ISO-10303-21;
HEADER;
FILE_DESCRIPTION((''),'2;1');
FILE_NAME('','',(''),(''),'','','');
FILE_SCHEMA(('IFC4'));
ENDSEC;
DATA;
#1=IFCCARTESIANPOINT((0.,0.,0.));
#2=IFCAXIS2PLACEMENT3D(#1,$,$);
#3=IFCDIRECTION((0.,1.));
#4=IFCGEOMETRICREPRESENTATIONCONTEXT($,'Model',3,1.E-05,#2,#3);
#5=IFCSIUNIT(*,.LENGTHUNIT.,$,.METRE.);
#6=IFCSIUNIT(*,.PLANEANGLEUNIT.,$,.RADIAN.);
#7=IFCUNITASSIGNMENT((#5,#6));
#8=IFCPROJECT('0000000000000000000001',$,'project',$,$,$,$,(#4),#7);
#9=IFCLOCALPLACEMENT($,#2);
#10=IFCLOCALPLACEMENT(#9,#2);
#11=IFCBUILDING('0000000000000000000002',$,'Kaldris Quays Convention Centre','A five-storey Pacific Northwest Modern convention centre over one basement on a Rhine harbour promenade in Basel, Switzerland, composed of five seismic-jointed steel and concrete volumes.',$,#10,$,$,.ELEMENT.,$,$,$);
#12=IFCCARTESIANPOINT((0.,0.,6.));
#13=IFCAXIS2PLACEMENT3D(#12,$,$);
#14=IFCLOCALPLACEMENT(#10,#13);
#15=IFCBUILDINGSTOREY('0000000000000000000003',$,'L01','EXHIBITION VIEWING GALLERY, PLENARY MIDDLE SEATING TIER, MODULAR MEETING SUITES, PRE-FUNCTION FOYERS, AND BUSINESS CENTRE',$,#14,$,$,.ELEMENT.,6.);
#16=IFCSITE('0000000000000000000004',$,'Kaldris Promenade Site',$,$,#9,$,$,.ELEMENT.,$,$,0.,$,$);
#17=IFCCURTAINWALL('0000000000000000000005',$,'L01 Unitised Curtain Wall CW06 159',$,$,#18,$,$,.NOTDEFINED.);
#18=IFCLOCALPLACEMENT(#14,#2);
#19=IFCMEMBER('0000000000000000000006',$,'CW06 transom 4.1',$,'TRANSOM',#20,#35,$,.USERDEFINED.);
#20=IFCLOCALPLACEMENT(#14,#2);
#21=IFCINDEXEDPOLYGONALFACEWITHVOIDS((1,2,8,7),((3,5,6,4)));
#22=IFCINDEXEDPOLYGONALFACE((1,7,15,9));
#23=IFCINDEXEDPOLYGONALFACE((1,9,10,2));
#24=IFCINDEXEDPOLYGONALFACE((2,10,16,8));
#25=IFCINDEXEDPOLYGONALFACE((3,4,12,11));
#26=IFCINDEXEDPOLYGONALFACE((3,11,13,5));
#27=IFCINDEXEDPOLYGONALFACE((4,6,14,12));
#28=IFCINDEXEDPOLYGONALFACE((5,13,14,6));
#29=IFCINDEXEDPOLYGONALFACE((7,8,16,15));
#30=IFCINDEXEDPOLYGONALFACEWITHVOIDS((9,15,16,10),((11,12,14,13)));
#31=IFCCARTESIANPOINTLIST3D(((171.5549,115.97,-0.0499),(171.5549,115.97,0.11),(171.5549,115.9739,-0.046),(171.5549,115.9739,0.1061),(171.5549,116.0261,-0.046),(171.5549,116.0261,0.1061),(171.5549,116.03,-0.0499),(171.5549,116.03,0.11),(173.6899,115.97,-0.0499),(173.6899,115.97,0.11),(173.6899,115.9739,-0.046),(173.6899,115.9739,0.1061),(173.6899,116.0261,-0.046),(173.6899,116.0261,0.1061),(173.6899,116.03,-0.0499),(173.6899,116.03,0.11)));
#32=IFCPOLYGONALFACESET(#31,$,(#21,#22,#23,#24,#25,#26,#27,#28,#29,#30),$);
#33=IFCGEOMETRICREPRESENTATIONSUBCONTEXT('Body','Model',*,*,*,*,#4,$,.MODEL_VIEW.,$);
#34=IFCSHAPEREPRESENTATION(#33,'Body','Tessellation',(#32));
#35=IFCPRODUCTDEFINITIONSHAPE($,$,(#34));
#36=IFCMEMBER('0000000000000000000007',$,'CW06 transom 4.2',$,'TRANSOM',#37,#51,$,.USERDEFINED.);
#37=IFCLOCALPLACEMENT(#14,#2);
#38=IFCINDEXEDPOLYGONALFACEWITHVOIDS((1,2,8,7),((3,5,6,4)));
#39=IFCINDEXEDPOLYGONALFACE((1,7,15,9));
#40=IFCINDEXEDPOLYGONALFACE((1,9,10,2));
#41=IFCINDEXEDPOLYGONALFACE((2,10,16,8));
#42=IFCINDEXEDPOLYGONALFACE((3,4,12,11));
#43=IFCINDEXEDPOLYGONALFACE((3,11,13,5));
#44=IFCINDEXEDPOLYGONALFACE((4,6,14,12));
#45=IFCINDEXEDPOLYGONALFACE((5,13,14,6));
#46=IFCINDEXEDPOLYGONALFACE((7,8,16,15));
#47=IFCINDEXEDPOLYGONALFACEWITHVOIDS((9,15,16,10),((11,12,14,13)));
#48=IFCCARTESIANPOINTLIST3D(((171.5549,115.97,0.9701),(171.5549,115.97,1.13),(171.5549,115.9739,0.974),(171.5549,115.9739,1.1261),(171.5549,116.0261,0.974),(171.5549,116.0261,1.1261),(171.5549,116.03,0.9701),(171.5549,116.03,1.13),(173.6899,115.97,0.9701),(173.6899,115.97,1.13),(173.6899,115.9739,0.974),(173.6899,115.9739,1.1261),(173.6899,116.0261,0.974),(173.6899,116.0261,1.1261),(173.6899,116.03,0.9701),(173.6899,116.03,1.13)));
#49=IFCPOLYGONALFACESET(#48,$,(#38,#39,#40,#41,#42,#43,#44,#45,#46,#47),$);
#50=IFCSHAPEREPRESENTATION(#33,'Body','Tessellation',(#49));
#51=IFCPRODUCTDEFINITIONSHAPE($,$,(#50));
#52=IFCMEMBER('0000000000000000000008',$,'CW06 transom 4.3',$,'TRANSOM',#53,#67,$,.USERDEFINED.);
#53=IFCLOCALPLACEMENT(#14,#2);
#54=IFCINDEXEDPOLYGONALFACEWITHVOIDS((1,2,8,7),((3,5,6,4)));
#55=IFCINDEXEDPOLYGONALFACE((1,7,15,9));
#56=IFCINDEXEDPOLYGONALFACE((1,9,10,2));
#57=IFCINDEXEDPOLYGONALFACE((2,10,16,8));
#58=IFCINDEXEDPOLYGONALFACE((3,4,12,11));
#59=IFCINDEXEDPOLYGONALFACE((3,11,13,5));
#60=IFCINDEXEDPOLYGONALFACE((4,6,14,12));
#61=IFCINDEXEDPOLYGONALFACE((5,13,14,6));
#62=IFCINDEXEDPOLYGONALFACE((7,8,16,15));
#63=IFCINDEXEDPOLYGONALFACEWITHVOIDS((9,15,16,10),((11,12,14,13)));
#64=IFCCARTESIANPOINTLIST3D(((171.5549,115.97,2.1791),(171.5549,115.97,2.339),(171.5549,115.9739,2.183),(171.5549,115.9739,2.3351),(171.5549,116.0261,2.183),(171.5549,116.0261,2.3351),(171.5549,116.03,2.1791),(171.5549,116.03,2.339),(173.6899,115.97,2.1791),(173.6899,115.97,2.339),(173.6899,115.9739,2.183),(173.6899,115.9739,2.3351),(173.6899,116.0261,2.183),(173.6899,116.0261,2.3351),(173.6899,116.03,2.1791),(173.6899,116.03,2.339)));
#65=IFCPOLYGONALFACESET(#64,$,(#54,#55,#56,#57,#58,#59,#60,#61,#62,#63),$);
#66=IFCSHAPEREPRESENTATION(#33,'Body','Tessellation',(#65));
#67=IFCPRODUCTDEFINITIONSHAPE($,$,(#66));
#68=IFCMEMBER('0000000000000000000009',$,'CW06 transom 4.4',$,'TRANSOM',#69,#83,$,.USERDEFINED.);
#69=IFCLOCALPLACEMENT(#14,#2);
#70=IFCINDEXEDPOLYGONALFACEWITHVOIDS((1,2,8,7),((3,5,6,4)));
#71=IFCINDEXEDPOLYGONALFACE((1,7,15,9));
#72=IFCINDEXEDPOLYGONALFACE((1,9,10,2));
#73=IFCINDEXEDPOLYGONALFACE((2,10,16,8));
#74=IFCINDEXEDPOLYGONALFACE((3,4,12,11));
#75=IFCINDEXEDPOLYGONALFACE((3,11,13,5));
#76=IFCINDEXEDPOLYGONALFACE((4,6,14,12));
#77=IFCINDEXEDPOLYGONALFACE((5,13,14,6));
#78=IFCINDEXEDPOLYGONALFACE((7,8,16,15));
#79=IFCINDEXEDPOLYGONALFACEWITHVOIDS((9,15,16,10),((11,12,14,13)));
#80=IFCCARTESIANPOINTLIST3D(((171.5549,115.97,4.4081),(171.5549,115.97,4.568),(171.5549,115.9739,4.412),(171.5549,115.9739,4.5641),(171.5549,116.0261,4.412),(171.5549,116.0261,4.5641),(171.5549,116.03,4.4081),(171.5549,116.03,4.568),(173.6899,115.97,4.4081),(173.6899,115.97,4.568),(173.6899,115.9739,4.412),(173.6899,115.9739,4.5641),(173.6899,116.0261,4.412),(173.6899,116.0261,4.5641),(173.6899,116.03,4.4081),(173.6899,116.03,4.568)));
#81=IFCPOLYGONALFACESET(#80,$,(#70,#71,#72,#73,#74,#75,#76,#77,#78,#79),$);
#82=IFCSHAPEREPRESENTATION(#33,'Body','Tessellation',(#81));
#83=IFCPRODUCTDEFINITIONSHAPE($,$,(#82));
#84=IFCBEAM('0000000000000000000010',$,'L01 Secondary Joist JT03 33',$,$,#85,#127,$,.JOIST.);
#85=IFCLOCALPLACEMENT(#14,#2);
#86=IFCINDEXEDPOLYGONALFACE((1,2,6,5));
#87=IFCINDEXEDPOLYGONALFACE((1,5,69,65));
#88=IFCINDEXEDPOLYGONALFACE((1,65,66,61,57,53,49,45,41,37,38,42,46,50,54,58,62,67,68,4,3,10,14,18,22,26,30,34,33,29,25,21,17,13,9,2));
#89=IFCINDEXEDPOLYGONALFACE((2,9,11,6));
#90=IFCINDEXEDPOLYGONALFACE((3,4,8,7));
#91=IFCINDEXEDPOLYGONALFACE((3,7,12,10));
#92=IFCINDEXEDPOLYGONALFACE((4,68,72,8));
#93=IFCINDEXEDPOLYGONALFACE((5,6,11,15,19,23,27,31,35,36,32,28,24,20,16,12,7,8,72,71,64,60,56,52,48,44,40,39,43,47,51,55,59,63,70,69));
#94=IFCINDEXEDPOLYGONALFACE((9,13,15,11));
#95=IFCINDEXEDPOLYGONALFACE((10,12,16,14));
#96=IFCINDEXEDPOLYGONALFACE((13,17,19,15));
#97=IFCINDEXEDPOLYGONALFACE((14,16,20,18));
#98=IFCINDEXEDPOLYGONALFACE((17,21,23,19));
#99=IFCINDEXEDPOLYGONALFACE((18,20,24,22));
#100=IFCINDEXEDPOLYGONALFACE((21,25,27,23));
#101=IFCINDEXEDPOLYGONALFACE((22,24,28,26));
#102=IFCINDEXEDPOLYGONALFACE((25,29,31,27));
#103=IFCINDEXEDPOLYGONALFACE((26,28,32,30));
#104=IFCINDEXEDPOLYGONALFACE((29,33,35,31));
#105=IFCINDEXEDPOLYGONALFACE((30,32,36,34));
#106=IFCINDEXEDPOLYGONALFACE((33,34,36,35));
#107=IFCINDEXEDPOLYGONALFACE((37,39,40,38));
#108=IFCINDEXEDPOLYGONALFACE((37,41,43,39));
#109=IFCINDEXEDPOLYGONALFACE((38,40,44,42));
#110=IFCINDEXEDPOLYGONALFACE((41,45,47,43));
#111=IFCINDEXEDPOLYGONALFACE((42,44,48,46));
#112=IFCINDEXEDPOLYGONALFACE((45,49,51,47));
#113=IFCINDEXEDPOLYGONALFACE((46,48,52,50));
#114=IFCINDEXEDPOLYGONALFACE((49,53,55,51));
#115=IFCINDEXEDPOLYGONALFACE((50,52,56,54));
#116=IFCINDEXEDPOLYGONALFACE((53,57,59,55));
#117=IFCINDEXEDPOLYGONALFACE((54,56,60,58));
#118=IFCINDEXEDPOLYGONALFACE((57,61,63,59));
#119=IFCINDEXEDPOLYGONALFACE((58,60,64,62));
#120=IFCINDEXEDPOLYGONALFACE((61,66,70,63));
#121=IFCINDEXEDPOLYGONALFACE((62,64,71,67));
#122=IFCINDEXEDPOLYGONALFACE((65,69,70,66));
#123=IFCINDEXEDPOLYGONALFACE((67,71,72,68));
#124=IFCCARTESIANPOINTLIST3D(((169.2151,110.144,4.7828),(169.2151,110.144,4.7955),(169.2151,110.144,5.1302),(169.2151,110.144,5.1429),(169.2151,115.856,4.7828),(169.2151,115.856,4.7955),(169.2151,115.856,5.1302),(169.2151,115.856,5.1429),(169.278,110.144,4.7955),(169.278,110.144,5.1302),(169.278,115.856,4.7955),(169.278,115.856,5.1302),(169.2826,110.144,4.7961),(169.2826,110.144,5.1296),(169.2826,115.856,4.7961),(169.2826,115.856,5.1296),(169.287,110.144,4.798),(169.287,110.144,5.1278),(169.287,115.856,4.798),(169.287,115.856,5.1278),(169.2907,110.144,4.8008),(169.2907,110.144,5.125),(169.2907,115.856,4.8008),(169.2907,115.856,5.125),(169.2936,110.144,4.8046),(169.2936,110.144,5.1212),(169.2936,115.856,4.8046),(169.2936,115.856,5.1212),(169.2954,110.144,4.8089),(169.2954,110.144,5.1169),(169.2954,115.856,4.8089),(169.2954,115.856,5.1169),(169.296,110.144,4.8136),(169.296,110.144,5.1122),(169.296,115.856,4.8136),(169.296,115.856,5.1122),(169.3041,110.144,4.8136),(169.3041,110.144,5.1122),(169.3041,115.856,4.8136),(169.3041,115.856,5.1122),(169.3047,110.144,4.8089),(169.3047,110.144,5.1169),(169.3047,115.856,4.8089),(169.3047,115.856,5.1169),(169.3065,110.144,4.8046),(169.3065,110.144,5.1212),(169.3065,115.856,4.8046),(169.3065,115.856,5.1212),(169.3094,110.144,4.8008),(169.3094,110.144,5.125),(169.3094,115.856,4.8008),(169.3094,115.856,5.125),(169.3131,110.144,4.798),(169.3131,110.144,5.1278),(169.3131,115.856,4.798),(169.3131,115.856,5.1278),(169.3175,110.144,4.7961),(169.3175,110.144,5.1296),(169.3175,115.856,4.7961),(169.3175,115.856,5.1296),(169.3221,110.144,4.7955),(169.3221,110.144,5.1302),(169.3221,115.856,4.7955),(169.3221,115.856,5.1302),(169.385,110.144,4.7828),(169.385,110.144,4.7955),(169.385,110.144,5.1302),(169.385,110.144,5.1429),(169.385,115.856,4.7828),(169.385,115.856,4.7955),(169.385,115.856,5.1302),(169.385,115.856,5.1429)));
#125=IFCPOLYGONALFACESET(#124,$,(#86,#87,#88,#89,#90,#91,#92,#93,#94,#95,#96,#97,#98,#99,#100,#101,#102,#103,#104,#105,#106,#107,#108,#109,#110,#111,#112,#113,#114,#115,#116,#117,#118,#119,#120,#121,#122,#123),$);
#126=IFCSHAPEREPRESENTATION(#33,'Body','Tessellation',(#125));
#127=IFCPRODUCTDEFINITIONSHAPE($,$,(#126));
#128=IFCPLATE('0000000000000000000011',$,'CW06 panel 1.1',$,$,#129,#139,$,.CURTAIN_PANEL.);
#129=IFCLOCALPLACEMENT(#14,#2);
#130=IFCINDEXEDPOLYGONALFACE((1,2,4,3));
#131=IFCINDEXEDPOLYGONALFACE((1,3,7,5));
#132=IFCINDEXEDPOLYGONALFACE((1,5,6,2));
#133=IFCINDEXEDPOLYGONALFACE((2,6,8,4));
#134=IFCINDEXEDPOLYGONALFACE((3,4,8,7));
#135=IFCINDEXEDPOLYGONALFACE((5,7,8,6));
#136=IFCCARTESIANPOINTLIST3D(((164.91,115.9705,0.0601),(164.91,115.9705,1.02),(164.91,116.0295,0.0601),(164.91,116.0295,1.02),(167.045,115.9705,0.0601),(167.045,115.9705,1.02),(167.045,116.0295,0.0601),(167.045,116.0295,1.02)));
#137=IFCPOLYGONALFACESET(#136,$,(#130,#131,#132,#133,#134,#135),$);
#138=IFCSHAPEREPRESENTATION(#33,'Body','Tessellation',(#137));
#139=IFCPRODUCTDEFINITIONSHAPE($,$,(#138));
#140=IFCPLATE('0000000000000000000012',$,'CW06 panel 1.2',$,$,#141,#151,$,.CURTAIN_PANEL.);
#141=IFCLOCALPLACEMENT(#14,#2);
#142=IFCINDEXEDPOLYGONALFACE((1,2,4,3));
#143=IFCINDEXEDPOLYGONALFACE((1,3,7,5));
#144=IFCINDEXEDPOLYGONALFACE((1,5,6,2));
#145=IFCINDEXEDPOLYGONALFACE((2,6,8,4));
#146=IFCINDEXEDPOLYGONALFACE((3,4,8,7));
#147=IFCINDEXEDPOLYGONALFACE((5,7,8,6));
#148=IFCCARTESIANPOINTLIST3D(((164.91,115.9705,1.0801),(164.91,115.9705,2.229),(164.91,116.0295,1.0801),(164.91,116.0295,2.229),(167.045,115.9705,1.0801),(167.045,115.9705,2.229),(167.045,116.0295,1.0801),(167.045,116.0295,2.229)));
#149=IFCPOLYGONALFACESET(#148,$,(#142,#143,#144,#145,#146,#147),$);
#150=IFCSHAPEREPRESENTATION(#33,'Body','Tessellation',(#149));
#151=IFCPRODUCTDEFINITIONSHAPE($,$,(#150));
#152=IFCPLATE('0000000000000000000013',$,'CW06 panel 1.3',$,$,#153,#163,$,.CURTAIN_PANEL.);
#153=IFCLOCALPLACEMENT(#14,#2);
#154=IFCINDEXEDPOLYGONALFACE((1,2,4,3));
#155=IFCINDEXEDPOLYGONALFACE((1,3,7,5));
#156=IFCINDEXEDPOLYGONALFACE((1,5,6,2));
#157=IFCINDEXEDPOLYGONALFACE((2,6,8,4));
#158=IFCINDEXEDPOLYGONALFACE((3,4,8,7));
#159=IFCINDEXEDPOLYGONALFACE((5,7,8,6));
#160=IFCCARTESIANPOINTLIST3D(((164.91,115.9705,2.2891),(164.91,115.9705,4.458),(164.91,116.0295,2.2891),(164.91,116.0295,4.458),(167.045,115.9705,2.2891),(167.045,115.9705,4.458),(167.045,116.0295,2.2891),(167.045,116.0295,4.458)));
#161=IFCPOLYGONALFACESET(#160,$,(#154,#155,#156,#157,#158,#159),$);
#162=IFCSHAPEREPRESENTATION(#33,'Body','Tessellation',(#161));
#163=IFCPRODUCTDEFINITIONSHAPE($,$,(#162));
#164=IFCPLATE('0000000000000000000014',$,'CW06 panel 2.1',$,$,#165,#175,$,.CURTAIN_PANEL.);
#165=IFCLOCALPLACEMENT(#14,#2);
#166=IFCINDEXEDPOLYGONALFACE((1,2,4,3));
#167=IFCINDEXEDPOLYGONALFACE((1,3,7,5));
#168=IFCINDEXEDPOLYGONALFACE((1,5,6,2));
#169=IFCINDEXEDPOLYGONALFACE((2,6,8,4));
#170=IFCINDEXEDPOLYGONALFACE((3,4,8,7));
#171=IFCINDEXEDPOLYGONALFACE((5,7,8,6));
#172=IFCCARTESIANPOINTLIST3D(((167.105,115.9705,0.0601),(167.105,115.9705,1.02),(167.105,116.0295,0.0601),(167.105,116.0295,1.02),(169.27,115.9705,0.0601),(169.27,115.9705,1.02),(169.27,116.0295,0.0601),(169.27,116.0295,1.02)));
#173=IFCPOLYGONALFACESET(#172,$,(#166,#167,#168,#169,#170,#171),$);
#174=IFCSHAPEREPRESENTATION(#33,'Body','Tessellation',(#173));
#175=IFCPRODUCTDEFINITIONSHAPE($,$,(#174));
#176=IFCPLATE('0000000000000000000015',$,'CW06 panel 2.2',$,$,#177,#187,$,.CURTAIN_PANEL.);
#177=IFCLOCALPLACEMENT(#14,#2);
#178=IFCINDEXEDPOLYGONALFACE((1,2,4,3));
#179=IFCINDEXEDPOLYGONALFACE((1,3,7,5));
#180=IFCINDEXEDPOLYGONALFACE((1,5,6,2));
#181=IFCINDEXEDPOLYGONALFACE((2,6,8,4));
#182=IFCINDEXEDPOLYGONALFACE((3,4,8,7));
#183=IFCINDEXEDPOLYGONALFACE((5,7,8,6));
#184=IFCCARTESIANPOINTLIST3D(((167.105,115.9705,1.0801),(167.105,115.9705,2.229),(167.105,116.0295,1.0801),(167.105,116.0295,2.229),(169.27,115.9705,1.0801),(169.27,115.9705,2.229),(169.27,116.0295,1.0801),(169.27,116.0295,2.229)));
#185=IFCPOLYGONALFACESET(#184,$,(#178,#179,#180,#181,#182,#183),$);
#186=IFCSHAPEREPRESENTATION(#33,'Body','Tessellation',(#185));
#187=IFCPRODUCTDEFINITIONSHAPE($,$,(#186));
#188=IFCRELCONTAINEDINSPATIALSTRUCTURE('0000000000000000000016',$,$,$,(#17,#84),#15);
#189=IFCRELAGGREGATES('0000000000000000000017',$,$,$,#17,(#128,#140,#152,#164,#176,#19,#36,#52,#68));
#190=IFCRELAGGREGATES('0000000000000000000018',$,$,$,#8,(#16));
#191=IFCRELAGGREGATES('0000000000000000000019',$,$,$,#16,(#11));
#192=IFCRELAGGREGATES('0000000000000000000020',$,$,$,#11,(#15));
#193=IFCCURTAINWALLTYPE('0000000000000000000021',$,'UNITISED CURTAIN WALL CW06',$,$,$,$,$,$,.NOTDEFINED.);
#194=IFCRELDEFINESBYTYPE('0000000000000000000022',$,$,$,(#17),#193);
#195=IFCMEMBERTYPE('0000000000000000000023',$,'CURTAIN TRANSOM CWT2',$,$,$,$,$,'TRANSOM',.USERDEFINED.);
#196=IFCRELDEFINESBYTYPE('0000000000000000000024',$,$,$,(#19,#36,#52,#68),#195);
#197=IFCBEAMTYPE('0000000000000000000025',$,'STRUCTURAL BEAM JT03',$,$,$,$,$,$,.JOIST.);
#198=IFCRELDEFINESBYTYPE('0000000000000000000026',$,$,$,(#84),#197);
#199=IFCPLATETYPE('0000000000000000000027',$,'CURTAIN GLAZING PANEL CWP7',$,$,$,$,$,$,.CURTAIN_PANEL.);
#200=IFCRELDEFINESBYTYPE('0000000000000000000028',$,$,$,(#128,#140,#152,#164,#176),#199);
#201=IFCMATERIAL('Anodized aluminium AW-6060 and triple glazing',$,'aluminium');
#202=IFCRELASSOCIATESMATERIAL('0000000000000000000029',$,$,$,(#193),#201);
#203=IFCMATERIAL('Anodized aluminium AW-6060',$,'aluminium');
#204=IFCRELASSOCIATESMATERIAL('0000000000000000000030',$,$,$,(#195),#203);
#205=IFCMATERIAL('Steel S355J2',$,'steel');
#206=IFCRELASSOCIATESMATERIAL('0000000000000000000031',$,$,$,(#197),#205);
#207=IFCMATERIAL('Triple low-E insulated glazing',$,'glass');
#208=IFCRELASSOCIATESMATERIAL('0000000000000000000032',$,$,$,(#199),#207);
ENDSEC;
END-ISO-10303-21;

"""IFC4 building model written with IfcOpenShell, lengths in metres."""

from ifc_helpers import new_model, si_unit, direction, frame, origin, origin_2d, place, context, subcontext, project, spatial, rectangle, hollow_rectangle, i_section, extrude, material, material_profile, profile_set, type_object, element, aggregate, save


model = new_model("IFC4")

# Units and contexts
model_context = context("Model", 3, precision=1e-05, world=origin(), true_north=direction((0.0, 1.0)))
body_context = subcontext(model_context, "Body", "Model", "MODEL_VIEW")
ifc_project = project(units=[si_unit("LENGTHUNIT", "METRE"), si_unit("PLANEANGLEUNIT", "RADIAN")], contexts=[model_context])

# Site, building, storey
site_placement = place(None, origin())
site = spatial("IfcSite", under=ifc_project, at=site_placement, Name="Kaldris Promenade Site", CompositionType="ELEMENT", RefElevation=0.0)
building_placement = place(site_placement, origin())
building = spatial("IfcBuilding", under=site, at=building_placement, Name="Kaldris Quays Convention Centre", Description="A five-storey Pacific Northwest Modern convention centre over one basement on a Rhine harbour promenade in Basel, Switzerland, composed of five seismic-jointed steel and concrete volumes.", CompositionType="ELEMENT")
storey_placement = place(building_placement, frame((0.0, 0.0, 6.0)))
storey = spatial("IfcBuildingStorey", under=building, at=storey_placement, Name="L01", Description="EXHIBITION VIEWING GALLERY, PLENARY MIDDLE SEATING TIER, MODULAR MEETING SUITES, PRE-FUNCTION FOYERS, AND BUSINESS CENTRE", CompositionType="ELEMENT", Elevation=6.0)

# Curtain wall, members
ifc_material_1 = material(Name="Anodized aluminium AW-6060 and triple glazing", Category="aluminium")
curtain_wall_type = type_object("IfcCurtainWallType", Name="UNITISED CURTAIN WALL CW06", PredefinedType="NOTDEFINED", material=ifc_material_1)
curtain_wall_placement = place(storey_placement, origin())
curtain_wall = element("IfcCurtainWall", 1, at=curtain_wall_placement, inside=storey, type_object=curtain_wall_type, Name="L01 Unitised Curtain Wall CW06 159", PredefinedType="NOTDEFINED")
ifc_material_2 = material(Name="Anodized aluminium AW-6060", Category="aluminium")
ifc_material_profile_1 = material_profile(ifc_material_2, hollow_rectangle(XDim=0.0601, YDim=0.1599, WallThickness=0.0039, at=origin_2d()), Name="RHS 160x60x4")
ifc_profile_set_1 = profile_set([ifc_material_profile_1], Name="Anodized aluminium AW-6060")
member_type_1 = type_object("IfcMemberType", Name="CURTAIN TRANSOM CWT2", ElementType="TRANSOM", PredefinedType="USERDEFINED", material=ifc_profile_set_1)
member_1_placement = place(storey_placement, frame((171.5549, 116.0, 0.03), z_axis=(1.0, 0.0, 0.0), x_axis=(0.0, 1.0, 0.0)))
member_1 = element("IfcMember", 2, at=member_1_placement, type_object=member_type_1, Name="CW06 transom 4.1", ObjectType="TRANSOM", PredefinedType="USERDEFINED", context=body_context, shape_type="SweptSolid", body=[
    extrude(hollow_rectangle(XDim=0.0601, YDim=0.1599, WallThickness=0.0039, at=origin_2d()), origin(), (0.0, 0.0, 1.0), 2.135),
])
member_2_placement = place(storey_placement, frame((171.5549, 116.0, 1.05), z_axis=(1.0, 0.0, 0.0), x_axis=(0.0, 1.0, 0.0)))
member_2 = element("IfcMember", 3, at=member_2_placement, type_object=member_type_1, Name="CW06 transom 4.2", ObjectType="TRANSOM", PredefinedType="USERDEFINED", context=body_context, shape_type="SweptSolid", body=[
    extrude(hollow_rectangle(XDim=0.0601, YDim=0.1599, WallThickness=0.0039, at=origin_2d()), origin(), (0.0, 0.0, 1.0), 2.135),
])
member_3_placement = place(storey_placement, frame((171.5549, 116.0, 2.259), z_axis=(1.0, 0.0, 0.0), x_axis=(0.0, 1.0, 0.0)))
member_3 = element("IfcMember", 4, at=member_3_placement, type_object=member_type_1, Name="CW06 transom 4.3", ObjectType="TRANSOM", PredefinedType="USERDEFINED", context=body_context, shape_type="SweptSolid", body=[
    extrude(hollow_rectangle(XDim=0.0601, YDim=0.1599, WallThickness=0.0039, at=origin_2d()), origin(), (0.0, 0.0, 1.0), 2.135),
])
member_4_placement = place(storey_placement, frame((171.5549, 116.0, 4.488), z_axis=(1.0, 0.0, 0.0), x_axis=(0.0, 1.0, 0.0)))
member_4 = element("IfcMember", 5, at=member_4_placement, type_object=member_type_1, Name="CW06 transom 4.4", ObjectType="TRANSOM", PredefinedType="USERDEFINED", context=body_context, shape_type="SweptSolid", body=[
    extrude(hollow_rectangle(XDim=0.0601, YDim=0.1599, WallThickness=0.0039, at=origin_2d()), origin(), (0.0, 0.0, 1.0), 2.135),
])

# Beam
ifc_material_3 = material(Name="Steel S355J2", Category="steel")
ifc_material_profile_2 = material_profile(ifc_material_3, i_section(OverallWidth=0.1699, OverallDepth=0.3601, WebThickness=0.0081, FlangeThickness=0.0127, FilletRadius=0.0181, at=origin_2d()), Name="IPE 360")
ifc_profile_set_2 = profile_set([ifc_material_profile_2], Name="Steel S355J2")
beam_type = type_object("IfcBeamType", Name="STRUCTURAL BEAM JT03", PredefinedType="JOIST", material=ifc_profile_set_2)
beam_placement = place(storey_placement, frame((169.3, 110.144, 4.9629), z_axis=(0.0, 1.0, 0.0), x_axis=(-1.0, 0.0, 0.0)))
element("IfcBeam", 6, at=beam_placement, inside=storey, type_object=beam_type, Name="L01 Secondary Joist JT03 33", PredefinedType="JOIST", context=body_context, shape_type="SweptSolid", body=[
    extrude(i_section(OverallWidth=0.1699, OverallDepth=0.3601, WebThickness=0.0081, FlangeThickness=0.0127, FilletRadius=0.0181, at=origin_2d()), origin(), (0.0, 0.0, 1.0), 5.7119),
])

# Plates
ifc_material_4 = material(Name="Triple low-E insulated glazing", Category="glass")
plate_type = type_object("IfcPlateType", Name="CURTAIN GLAZING PANEL CWP7", PredefinedType="CURTAIN_PANEL", material=ifc_material_4)
plate_1_placement = place(storey_placement, frame((165.9775, 116.0, 0.0601), z_axis=(0.0, 0.0, 1.0), x_axis=(1.0, 0.0, 0.0)))
plate_1 = element("IfcPlate", 7, at=plate_1_placement, type_object=plate_type, Name="CW06 panel 1.1", PredefinedType="CURTAIN_PANEL", context=body_context, shape_type="SweptSolid", body=[
    extrude(rectangle(XDim=2.135, YDim=0.0591, at=origin_2d()), origin(), (0.0, 0.0, 1.0), 0.96),
])
plate_2_placement = place(storey_placement, frame((165.9775, 116.0, 1.0801), z_axis=(0.0, 0.0, 1.0), x_axis=(1.0, 0.0, 0.0)))
plate_2 = element("IfcPlate", 8, at=plate_2_placement, type_object=plate_type, Name="CW06 panel 1.2", PredefinedType="CURTAIN_PANEL", context=body_context, shape_type="SweptSolid", body=[
    extrude(rectangle(XDim=2.135, YDim=0.0591, at=origin_2d()), origin(), (0.0, 0.0, 1.0), 1.1489),
])
plate_3_placement = place(storey_placement, frame((165.9775, 116.0, 2.2891), z_axis=(0.0, 0.0, 1.0), x_axis=(1.0, 0.0, 0.0)))
plate_3 = element("IfcPlate", 9, at=plate_3_placement, type_object=plate_type, Name="CW06 panel 1.3", PredefinedType="CURTAIN_PANEL", context=body_context, shape_type="SweptSolid", body=[
    extrude(rectangle(XDim=2.135, YDim=0.0591, at=origin_2d()), origin(), (0.0, 0.0, 1.0), 2.1689),
])
plate_4_placement = place(storey_placement, frame((168.1875, 116.0, 0.0601), z_axis=(0.0, 0.0, 1.0), x_axis=(1.0, 0.0, 0.0)))
plate_4 = element("IfcPlate", 10, at=plate_4_placement, type_object=plate_type, Name="CW06 panel 2.1", PredefinedType="CURTAIN_PANEL", context=body_context, shape_type="SweptSolid", body=[
    extrude(rectangle(XDim=2.165, YDim=0.0591, at=origin_2d()), origin(), (0.0, 0.0, 1.0), 0.96),
])
plate_5_placement = place(storey_placement, frame((168.1875, 116.0, 1.0801), z_axis=(0.0, 0.0, 1.0), x_axis=(1.0, 0.0, 0.0)))
plate_5 = element("IfcPlate", 11, at=plate_5_placement, type_object=plate_type, Name="CW06 panel 2.2", PredefinedType="CURTAIN_PANEL", context=body_context, shape_type="SweptSolid", body=[
    extrude(rectangle(XDim=2.165, YDim=0.0591, at=origin_2d()), origin(), (0.0, 0.0, 1.0), 1.1489),
])
aggregate(curtain_wall, [plate_1, plate_2, plate_3, plate_4, plate_5, member_1, member_2, member_3, member_4])

save(model, "model.ifc")
